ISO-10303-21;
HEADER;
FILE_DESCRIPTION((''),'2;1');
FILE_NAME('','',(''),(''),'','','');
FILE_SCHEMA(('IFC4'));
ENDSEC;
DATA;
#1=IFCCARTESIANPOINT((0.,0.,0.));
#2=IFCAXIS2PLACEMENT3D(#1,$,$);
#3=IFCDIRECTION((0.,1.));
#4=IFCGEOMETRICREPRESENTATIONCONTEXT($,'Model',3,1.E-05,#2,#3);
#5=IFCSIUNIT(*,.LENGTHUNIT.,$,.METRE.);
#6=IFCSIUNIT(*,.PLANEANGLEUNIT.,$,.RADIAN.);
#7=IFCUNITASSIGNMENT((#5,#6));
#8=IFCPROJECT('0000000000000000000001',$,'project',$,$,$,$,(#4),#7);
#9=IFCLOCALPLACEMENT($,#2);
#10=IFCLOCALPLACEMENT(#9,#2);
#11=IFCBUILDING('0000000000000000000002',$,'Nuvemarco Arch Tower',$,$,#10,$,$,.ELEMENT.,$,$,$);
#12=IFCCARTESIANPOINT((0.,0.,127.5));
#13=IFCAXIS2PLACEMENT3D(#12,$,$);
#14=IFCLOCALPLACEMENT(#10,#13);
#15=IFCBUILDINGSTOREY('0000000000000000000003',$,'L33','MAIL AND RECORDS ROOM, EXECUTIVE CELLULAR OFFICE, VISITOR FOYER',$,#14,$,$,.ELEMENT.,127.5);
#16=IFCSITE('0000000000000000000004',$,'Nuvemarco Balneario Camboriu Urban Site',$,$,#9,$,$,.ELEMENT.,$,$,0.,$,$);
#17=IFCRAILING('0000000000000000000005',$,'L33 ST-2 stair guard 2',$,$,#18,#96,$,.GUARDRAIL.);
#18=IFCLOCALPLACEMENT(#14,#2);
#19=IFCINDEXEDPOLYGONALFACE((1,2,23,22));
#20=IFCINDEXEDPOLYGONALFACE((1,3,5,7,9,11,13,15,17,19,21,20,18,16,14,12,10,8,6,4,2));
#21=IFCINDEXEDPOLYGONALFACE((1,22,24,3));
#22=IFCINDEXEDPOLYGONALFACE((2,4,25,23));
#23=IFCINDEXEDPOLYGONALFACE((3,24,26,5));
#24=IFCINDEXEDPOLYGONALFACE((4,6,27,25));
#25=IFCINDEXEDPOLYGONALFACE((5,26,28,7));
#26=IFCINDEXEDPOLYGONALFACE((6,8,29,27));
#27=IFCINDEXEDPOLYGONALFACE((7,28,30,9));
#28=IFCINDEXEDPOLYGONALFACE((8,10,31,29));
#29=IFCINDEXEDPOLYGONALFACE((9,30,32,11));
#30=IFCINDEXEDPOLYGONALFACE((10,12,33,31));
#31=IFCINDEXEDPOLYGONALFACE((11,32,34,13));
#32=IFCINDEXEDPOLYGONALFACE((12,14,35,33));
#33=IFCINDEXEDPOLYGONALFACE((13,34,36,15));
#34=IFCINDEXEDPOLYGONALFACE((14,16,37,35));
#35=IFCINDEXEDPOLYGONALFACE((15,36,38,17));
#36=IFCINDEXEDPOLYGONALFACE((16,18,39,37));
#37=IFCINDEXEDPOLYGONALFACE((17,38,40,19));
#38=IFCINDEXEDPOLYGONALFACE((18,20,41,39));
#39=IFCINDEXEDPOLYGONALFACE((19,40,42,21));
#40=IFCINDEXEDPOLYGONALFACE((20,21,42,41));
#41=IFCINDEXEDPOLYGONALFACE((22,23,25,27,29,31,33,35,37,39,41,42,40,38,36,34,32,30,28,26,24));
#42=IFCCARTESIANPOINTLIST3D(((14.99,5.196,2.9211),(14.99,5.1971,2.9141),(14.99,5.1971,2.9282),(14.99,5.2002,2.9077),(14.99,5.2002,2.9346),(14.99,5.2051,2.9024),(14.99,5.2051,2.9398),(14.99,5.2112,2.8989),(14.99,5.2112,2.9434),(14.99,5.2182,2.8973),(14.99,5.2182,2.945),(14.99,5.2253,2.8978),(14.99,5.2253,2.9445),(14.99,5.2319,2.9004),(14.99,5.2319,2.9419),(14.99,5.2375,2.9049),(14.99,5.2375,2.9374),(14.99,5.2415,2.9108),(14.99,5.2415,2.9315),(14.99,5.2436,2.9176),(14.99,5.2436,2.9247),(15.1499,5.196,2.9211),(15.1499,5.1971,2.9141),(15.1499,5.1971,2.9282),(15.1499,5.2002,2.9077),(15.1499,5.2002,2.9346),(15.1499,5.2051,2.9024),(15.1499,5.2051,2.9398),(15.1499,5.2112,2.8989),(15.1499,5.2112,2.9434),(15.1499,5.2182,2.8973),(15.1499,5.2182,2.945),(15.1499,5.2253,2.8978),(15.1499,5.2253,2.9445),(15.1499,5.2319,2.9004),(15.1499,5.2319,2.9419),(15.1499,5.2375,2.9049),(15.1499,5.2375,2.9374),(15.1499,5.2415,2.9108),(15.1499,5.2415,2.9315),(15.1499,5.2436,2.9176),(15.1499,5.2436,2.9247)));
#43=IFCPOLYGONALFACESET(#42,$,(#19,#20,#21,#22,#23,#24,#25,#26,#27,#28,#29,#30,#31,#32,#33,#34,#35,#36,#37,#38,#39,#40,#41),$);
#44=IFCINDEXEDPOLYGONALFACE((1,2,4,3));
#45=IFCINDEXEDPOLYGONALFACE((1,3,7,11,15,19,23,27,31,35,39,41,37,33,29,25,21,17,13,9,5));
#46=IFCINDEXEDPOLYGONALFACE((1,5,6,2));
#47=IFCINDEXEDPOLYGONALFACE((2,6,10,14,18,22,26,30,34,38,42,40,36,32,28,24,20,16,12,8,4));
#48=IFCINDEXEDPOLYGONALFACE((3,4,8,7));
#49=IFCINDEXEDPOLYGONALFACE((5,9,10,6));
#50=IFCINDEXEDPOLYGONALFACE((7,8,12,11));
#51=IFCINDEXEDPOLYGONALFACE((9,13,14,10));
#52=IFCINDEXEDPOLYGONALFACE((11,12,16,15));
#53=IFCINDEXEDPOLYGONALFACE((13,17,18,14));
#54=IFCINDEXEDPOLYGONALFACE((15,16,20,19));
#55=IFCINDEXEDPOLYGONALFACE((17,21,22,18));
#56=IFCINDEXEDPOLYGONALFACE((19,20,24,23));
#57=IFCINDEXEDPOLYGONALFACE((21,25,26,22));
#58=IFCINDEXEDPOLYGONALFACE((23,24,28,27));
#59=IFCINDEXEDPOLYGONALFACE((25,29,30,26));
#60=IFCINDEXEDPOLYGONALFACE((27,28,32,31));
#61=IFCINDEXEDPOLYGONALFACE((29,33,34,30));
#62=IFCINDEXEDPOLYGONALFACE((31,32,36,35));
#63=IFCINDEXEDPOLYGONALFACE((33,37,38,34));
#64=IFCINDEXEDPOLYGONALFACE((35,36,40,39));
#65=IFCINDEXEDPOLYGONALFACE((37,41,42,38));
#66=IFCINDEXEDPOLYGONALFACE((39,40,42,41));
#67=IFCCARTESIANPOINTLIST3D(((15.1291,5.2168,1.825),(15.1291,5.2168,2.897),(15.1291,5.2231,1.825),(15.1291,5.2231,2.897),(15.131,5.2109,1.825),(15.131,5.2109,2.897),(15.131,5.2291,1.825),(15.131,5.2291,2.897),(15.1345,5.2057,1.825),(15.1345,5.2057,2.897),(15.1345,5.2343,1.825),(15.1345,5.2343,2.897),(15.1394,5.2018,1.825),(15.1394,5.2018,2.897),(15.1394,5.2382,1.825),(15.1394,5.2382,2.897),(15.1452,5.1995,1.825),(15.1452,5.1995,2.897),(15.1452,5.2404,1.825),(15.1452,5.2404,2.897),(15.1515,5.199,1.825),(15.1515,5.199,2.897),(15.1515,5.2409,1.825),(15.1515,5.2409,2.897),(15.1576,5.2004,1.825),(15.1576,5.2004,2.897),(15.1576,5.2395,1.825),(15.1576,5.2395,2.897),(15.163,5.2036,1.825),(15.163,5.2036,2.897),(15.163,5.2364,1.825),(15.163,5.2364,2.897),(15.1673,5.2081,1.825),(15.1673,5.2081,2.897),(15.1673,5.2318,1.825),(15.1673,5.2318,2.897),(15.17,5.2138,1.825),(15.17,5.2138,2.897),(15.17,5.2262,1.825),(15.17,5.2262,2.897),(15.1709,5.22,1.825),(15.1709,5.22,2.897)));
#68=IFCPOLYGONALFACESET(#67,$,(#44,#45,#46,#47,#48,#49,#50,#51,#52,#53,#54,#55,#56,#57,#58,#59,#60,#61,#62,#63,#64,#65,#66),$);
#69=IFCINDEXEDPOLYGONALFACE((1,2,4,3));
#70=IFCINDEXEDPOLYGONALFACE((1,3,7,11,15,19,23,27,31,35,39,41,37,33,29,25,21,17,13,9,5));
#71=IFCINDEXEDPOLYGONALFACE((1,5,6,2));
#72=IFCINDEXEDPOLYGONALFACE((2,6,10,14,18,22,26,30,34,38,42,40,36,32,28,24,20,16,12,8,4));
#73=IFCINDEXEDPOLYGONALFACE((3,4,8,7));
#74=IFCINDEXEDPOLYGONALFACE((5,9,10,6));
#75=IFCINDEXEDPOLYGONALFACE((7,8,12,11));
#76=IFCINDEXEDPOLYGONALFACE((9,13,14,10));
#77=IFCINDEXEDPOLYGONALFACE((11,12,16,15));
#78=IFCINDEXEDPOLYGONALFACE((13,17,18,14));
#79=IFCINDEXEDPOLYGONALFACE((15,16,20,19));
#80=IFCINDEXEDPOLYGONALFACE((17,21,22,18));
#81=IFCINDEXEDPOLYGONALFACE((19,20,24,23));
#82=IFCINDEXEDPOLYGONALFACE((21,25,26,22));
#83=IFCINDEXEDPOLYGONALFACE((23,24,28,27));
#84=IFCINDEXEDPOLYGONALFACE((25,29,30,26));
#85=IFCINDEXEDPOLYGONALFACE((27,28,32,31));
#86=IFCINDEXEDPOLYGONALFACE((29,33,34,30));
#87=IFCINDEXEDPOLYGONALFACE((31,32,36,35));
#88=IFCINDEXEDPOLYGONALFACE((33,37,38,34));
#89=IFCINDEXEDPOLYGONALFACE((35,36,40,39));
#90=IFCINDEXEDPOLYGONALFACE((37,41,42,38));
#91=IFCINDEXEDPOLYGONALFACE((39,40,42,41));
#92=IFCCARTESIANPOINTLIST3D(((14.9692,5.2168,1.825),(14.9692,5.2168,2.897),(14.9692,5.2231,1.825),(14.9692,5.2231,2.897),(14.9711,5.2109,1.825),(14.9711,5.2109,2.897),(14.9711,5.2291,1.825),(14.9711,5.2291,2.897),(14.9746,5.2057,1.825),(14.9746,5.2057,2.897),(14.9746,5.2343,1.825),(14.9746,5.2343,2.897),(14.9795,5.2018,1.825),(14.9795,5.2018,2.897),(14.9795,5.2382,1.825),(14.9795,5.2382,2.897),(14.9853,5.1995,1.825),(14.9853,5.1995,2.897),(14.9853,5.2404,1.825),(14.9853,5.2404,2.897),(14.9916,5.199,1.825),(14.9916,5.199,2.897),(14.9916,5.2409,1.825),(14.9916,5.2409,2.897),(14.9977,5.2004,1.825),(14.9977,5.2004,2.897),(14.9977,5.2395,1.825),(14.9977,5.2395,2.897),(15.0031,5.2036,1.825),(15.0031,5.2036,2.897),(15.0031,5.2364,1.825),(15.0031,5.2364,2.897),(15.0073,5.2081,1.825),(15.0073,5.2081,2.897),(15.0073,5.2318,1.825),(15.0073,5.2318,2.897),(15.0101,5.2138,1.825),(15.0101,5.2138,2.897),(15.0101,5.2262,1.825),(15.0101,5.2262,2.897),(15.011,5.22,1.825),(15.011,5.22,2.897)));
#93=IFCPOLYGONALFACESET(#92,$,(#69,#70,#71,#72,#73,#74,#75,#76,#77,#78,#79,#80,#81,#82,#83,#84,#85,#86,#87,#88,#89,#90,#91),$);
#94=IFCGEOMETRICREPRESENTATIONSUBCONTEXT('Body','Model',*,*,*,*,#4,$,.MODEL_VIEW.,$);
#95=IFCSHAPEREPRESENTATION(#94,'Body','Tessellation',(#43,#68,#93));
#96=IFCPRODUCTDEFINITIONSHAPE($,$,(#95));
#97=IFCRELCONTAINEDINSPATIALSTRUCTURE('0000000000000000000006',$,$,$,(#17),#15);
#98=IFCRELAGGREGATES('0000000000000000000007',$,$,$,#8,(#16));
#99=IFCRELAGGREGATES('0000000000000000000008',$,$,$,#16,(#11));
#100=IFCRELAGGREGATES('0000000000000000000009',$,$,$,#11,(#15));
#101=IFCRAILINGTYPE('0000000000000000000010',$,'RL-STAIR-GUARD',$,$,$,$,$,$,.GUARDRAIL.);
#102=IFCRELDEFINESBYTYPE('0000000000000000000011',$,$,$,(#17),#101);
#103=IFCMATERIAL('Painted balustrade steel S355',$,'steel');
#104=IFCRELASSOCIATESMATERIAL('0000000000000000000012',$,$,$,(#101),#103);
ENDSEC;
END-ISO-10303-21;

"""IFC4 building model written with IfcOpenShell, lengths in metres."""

from ifc_helpers import new_model, si_unit, direction, frame, origin, origin_2d, place, context, subcontext, project, spatial, circle, extrude, material, type_object, element, save


model = new_model("IFC4")

# Units and contexts
model_context = context("Model", 3, precision=1e-05, world=origin(), true_north=direction((0.0, 1.0)))
body_context = subcontext(model_context, "Body", "Model", "MODEL_VIEW")
ifc_project = project(units=[si_unit("LENGTHUNIT", "METRE"), si_unit("PLANEANGLEUNIT", "RADIAN")], contexts=[model_context])

# Site, building, storey
site_placement = place(None, origin())
site = spatial("IfcSite", under=ifc_project, at=site_placement, Name="Nuvemarco Balneario Camboriu Urban Site", CompositionType="ELEMENT", RefElevation=0.0)
building_placement = place(site_placement, origin())
building = spatial("IfcBuilding", under=site, at=building_placement, Name="Nuvemarco Arch Tower", CompositionType="ELEMENT")
storey_placement = place(building_placement, frame((0.0, 0.0, 127.5)))
storey = spatial("IfcBuildingStorey", under=building, at=storey_placement, Name="L33", Description="MAIL AND RECORDS ROOM, EXECUTIVE CELLULAR OFFICE, VISITOR FOYER", CompositionType="ELEMENT", Elevation=127.5)

# Railing
ifc_material_1 = material(Name="Painted balustrade steel S355", Category="steel")
railing_type_1 = type_object("IfcRailingType", Name="RL-STAIR-GUARD", PredefinedType="GUARDRAIL", material=ifc_material_1)
railing_1_placement = place(storey_placement, frame((15.1499, 5.22, 1.825)))
element("IfcRailing", 1, at=railing_1_placement, inside=storey, type_object=railing_type_1, Name="L33 ST-2 stair guard 2", PredefinedType="GUARDRAIL", context=body_context, shape_type="SweptSolid", body=[
    extrude(circle(Radius=0.0239, at=origin_2d()), frame((0.0, 0.0, 1.0962), z_axis=(-1.0, 0.0, 0.0), x_axis=(0.0, -1.0, 0.0)), (0.0, 0.0, 1.0), 0.1599),
    extrude(circle(Radius=0.021, at=origin_2d()), origin(), (0.0, 0.0, 1.0), 1.072),
    extrude(circle(Radius=0.021, at=origin_2d()), frame((-0.1599, 0.0, 0.0)), (0.0, 0.0, 1.0), 1.072),
])

save(model, "model.ifc")
